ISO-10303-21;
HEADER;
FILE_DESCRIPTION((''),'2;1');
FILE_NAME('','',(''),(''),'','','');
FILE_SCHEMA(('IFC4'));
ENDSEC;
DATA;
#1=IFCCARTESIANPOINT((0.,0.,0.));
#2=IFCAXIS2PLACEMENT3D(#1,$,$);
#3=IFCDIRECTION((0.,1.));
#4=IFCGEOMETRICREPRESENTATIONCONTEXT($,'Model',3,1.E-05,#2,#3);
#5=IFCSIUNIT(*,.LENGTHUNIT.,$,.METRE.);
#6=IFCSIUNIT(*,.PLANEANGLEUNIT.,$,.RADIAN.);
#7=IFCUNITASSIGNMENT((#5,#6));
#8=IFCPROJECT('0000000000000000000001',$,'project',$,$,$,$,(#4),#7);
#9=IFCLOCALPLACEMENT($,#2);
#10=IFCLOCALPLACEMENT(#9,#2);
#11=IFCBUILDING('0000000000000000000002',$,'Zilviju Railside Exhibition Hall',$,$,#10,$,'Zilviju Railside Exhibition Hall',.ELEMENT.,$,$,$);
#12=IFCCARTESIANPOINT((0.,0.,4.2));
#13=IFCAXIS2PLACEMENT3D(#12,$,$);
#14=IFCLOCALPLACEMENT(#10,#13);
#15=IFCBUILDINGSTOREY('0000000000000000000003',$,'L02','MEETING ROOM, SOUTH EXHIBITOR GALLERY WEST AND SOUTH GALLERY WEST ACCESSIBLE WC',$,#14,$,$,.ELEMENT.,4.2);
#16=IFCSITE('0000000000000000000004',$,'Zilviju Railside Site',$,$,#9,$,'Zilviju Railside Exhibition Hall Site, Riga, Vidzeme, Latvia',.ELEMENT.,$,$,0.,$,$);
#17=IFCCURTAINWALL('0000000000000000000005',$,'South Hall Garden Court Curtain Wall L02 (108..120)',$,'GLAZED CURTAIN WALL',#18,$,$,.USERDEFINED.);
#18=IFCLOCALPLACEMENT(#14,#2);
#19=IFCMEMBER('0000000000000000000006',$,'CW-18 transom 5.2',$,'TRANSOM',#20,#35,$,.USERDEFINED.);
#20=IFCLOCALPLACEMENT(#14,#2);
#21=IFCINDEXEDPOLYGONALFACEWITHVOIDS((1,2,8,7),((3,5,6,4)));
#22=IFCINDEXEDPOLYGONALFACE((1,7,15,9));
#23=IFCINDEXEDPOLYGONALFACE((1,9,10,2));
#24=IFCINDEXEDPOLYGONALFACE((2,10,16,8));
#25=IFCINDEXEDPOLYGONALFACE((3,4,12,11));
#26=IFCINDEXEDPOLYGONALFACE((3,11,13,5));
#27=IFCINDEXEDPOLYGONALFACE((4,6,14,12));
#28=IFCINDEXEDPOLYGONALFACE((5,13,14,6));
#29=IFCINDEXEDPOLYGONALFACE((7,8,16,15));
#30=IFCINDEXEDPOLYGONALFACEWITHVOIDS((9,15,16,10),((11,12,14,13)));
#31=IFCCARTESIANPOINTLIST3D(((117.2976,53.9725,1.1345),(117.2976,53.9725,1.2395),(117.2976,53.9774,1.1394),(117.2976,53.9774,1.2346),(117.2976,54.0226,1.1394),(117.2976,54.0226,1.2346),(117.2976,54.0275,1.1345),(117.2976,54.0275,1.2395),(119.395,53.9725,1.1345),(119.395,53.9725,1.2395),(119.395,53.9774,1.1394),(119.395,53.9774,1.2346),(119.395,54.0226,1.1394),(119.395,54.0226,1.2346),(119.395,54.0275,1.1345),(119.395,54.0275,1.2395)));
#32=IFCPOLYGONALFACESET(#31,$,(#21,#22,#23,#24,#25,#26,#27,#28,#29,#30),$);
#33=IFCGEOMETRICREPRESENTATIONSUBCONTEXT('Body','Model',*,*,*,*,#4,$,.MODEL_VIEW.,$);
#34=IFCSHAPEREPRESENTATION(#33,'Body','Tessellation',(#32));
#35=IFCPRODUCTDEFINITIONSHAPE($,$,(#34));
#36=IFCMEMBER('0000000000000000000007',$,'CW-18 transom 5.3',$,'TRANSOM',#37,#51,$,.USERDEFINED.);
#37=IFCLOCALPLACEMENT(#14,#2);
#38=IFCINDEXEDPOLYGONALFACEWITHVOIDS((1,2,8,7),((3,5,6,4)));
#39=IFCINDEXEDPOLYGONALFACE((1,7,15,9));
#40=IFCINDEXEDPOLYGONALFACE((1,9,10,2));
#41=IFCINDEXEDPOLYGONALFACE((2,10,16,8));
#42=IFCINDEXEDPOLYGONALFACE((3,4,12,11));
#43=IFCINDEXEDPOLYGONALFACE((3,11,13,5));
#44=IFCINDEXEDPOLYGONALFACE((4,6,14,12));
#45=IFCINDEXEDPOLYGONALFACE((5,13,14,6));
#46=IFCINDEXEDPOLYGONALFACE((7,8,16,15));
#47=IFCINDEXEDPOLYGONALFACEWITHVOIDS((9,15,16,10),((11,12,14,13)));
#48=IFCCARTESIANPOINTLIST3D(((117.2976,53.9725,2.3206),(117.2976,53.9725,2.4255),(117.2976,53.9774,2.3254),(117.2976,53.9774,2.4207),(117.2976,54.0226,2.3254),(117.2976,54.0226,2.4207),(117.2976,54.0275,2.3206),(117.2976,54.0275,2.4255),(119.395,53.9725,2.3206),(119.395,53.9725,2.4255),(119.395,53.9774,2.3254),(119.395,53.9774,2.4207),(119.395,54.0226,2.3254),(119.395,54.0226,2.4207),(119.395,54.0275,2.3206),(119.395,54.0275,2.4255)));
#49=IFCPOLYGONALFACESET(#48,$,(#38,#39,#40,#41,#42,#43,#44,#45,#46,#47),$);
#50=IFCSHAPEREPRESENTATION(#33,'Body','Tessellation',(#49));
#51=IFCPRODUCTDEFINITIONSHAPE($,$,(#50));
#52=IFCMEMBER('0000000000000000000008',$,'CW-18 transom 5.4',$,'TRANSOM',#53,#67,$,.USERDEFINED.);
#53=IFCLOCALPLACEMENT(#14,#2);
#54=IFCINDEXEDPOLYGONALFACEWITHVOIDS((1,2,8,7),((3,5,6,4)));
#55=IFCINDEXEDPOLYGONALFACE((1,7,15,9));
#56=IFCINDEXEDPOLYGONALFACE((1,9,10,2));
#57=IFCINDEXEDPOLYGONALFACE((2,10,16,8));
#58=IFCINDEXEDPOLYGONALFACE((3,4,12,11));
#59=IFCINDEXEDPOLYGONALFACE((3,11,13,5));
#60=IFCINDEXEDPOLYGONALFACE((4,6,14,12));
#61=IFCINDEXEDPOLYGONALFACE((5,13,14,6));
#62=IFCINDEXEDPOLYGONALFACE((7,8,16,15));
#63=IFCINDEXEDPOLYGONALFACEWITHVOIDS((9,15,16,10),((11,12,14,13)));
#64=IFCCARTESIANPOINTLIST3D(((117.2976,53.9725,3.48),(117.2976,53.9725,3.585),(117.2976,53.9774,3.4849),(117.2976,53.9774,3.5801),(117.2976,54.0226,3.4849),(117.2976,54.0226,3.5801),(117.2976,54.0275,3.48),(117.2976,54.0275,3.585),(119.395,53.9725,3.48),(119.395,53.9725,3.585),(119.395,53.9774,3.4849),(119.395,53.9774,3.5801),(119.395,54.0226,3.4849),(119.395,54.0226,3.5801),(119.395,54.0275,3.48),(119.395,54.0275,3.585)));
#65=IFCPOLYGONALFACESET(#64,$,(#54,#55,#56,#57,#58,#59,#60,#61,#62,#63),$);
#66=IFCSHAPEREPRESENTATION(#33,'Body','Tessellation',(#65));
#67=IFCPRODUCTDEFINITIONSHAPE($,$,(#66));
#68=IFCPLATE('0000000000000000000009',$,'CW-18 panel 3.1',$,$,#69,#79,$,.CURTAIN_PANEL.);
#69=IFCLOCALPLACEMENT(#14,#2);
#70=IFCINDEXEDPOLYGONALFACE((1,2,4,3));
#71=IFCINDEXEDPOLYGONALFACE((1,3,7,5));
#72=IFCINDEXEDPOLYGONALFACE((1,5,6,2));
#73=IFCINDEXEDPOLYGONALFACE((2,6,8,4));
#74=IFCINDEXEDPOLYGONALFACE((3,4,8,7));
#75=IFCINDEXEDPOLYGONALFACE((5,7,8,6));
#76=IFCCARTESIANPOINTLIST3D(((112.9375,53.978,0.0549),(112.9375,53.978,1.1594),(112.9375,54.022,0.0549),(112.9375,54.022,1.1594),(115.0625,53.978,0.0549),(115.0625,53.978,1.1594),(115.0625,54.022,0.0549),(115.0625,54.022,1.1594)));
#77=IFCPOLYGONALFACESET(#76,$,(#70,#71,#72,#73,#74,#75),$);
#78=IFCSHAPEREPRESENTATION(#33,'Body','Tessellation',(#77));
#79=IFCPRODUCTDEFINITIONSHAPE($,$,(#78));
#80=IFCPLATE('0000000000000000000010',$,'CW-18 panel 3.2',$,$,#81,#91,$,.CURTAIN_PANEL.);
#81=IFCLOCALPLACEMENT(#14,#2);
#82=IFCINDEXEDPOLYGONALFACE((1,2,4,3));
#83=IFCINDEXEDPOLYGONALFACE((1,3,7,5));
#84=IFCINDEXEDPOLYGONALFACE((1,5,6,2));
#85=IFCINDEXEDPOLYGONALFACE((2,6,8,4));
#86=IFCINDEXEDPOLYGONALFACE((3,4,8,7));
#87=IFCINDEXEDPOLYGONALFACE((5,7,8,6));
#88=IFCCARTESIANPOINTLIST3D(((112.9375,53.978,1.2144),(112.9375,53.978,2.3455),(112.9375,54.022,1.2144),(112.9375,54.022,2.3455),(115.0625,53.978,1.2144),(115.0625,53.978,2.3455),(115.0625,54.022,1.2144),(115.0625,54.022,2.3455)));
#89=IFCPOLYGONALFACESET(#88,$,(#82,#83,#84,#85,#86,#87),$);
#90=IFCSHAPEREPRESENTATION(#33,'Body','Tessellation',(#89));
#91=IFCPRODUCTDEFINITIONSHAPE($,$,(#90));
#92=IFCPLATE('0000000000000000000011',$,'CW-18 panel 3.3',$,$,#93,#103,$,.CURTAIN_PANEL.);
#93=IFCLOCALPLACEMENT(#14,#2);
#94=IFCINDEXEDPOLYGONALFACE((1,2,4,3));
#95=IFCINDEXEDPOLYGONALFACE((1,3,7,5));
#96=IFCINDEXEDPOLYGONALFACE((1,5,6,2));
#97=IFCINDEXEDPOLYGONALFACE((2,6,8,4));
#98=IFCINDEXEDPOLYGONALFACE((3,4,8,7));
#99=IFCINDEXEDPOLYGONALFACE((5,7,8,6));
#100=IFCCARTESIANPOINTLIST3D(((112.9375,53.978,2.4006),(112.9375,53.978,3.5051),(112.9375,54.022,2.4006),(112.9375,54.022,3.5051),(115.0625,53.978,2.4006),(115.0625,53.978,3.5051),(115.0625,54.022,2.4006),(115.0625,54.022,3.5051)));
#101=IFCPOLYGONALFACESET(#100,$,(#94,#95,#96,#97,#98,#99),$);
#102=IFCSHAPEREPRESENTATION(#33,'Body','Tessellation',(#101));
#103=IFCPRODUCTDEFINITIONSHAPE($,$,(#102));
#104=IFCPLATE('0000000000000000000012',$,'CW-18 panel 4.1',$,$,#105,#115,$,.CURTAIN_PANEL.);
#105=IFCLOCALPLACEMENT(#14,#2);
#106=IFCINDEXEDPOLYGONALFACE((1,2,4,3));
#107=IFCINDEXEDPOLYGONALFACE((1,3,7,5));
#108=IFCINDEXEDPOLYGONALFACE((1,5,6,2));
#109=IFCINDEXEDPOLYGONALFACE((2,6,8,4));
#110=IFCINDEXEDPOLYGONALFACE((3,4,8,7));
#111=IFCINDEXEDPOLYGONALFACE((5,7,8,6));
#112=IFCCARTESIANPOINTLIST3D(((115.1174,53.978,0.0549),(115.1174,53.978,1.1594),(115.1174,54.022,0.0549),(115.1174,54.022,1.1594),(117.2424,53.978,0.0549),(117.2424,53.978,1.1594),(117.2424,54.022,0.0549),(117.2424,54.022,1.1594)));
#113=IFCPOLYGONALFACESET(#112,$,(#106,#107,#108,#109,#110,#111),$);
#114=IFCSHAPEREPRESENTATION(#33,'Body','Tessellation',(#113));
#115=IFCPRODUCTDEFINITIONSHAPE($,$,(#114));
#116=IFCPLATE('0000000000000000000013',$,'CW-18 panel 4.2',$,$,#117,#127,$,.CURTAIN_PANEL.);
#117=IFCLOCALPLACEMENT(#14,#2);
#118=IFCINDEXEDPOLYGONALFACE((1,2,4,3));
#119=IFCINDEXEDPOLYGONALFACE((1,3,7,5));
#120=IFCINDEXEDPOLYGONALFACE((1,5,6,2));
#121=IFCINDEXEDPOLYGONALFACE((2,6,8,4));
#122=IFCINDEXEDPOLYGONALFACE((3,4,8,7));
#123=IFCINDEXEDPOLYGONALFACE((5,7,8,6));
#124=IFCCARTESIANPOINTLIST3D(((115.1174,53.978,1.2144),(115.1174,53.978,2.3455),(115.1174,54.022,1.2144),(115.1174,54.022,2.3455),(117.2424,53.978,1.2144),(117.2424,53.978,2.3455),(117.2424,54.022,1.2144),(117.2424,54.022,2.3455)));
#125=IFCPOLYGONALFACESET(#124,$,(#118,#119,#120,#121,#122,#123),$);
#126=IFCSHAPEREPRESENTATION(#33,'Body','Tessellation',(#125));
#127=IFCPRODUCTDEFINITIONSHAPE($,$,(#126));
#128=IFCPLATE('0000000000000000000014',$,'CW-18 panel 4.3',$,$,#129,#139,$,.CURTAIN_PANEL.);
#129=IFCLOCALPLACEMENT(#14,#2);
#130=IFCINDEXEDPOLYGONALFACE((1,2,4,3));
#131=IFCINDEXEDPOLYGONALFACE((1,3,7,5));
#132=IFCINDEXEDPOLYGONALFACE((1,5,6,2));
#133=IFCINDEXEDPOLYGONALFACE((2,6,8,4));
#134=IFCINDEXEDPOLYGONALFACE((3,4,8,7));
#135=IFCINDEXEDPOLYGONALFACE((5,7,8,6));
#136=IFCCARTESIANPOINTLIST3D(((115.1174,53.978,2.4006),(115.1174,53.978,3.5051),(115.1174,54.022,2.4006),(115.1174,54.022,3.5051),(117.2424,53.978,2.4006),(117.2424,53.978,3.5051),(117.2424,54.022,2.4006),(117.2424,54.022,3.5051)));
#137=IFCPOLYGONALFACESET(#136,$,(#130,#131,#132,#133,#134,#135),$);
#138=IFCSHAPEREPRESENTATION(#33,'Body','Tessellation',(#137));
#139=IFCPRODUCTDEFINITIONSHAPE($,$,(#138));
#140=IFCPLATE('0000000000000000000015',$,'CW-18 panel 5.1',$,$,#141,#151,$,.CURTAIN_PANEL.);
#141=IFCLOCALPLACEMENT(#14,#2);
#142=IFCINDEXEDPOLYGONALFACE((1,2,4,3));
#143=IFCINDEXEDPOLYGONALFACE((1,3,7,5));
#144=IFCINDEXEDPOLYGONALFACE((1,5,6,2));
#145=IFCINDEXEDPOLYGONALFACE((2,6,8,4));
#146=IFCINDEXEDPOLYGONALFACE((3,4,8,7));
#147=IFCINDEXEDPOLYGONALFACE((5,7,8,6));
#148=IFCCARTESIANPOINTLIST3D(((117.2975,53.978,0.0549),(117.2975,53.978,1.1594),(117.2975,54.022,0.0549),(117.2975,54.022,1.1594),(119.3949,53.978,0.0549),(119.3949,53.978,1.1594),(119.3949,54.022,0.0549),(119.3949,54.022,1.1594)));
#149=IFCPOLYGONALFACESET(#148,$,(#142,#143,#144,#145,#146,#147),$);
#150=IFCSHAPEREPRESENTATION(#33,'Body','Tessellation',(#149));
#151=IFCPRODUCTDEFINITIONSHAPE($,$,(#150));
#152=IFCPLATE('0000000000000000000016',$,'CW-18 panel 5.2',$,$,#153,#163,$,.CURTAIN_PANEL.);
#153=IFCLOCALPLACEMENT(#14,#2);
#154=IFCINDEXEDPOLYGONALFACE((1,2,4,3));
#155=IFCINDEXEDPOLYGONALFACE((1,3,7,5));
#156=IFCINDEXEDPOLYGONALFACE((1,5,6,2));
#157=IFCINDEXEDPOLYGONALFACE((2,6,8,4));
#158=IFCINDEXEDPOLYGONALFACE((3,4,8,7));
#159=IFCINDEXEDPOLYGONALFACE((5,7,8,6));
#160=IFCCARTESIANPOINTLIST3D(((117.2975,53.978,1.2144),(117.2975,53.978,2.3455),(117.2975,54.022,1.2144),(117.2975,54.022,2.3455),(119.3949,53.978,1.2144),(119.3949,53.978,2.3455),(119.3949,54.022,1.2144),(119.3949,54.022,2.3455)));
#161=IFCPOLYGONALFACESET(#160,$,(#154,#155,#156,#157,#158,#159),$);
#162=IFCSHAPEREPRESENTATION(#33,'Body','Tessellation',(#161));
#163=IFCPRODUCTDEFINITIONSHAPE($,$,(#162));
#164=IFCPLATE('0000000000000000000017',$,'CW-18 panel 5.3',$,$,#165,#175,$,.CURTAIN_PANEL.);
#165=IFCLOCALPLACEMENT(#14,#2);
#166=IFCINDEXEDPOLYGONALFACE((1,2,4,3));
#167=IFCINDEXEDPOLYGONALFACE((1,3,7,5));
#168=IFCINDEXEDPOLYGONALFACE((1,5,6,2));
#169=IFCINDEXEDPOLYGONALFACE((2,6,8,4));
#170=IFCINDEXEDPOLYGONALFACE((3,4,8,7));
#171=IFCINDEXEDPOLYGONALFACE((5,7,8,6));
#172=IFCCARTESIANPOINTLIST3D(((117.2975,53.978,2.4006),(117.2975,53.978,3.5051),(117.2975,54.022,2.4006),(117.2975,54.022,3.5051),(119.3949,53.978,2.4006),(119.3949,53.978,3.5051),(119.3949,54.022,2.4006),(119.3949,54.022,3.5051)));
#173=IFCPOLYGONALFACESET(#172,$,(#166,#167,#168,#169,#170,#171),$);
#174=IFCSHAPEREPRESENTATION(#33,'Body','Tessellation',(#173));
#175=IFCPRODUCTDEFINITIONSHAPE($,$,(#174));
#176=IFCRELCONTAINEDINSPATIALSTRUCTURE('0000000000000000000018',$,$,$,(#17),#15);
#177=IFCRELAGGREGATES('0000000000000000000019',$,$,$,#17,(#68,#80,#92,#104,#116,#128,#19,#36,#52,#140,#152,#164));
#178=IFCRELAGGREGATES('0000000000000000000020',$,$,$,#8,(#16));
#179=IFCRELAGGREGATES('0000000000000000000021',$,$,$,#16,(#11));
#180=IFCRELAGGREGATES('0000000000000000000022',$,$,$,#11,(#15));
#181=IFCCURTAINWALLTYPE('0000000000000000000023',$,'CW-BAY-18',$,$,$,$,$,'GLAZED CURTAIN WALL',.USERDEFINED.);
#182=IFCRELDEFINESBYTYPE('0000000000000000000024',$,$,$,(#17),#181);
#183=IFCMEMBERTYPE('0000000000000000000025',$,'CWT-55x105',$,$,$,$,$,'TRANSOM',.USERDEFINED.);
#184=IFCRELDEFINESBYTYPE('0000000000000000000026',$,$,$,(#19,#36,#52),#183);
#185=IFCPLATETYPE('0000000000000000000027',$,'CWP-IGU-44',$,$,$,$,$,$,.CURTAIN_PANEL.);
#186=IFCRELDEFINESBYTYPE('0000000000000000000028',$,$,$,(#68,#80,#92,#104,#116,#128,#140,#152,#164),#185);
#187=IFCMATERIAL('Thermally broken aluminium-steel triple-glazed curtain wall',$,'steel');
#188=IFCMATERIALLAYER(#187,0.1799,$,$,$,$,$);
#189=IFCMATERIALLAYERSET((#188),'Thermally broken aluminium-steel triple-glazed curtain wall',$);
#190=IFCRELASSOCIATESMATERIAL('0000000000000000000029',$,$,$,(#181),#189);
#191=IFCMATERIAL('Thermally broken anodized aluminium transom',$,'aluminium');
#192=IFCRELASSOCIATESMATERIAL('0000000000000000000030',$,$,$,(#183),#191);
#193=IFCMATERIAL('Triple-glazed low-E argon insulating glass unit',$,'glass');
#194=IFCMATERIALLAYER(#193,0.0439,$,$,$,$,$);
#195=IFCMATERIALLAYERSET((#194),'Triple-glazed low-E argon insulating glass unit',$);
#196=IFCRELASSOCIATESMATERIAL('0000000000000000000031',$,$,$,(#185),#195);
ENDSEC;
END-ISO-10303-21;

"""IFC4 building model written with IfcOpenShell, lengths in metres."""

from ifc_helpers import new_model, si_unit, direction, frame, origin, origin_2d, place, context, subcontext, project, spatial, rectangle, hollow_rectangle, extrude, material, layer, layer_set, material_profile, profile_set, type_object, element, aggregate, save


model = new_model("IFC4")

# Units and contexts
model_context = context("Model", 3, precision=1e-05, world=origin(), true_north=direction((0.0, 1.0)))
body_context = subcontext(model_context, "Body", "Model", "MODEL_VIEW")
ifc_project = project(units=[si_unit("LENGTHUNIT", "METRE"), si_unit("PLANEANGLEUNIT", "RADIAN")], contexts=[model_context])

# Site, building, storey
site_placement = place(None, origin())
site = spatial("IfcSite", under=ifc_project, at=site_placement, Name="Zilviju Railside Site", LongName="Zilviju Railside Exhibition Hall Site, Riga, Vidzeme, Latvia", CompositionType="ELEMENT", RefElevation=0.0)
building_placement = place(site_placement, origin())
building = spatial("IfcBuilding", under=site, at=building_placement, Name="Zilviju Railside Exhibition Hall", LongName="Zilviju Railside Exhibition Hall", CompositionType="ELEMENT")
storey_placement = place(building_placement, frame((0.0, 0.0, 4.2)))
storey = spatial("IfcBuildingStorey", under=building, at=storey_placement, Name="L02", Description="MEETING ROOM, SOUTH EXHIBITOR GALLERY WEST AND SOUTH GALLERY WEST ACCESSIBLE WC", CompositionType="ELEMENT", Elevation=4.2)

# Curtain wall, members, plates
ifc_material_1 = material(Name="Thermally broken aluminium-steel triple-glazed curtain wall", Category="steel")
ifc_layer_1 = layer(ifc_material_1, 0.1799)
ifc_layer_set_1 = layer_set([ifc_layer_1], Name="Thermally broken aluminium-steel triple-glazed curtain wall")
curtain_wall_type = type_object("IfcCurtainWallType", Name="CW-BAY-18", ElementType="GLAZED CURTAIN WALL", PredefinedType="USERDEFINED", material=ifc_layer_set_1)
curtain_wall_placement = place(storey_placement, origin())
curtain_wall = element("IfcCurtainWall", 1, at=curtain_wall_placement, inside=storey, type_object=curtain_wall_type, Name="South Hall Garden Court Curtain Wall L02 (108..120)", ObjectType="GLAZED CURTAIN WALL", PredefinedType="USERDEFINED")
ifc_material_2 = material(Name="Thermally broken anodized aluminium transom", Category="aluminium")
ifc_material_profile_1 = material_profile(ifc_material_2, hollow_rectangle(XDim=0.0549, YDim=0.105, WallThickness=0.0049, at=origin_2d()), Name="TRANSOM 105x55x5")
ifc_profile_set_1 = profile_set([ifc_material_profile_1], Name="Thermally broken anodized aluminium transom")
member_type_1 = type_object("IfcMemberType", Name="CWT-55x105", ElementType="TRANSOM", PredefinedType="USERDEFINED", material=ifc_profile_set_1)
member_1_placement = place(storey_placement, frame((117.2976, 54.0, 1.187), z_axis=(1.0, 0.0, 0.0), x_axis=(0.0, 1.0, 0.0)))
member_1 = element("IfcMember", 2, at=member_1_placement, type_object=member_type_1, Name="CW-18 transom 5.2", ObjectType="TRANSOM", PredefinedType="USERDEFINED", context=body_context, shape_type="SweptSolid", body=[
    extrude(hollow_rectangle(XDim=0.0549, YDim=0.105, WallThickness=0.0049, at=origin_2d()), origin(), (0.0, 0.0, 1.0), 2.0974),
])
member_2_placement = place(storey_placement, frame((117.2976, 54.0, 2.373), z_axis=(1.0, 0.0, 0.0), x_axis=(0.0, 1.0, 0.0)))
member_2 = element("IfcMember", 3, at=member_2_placement, type_object=member_type_1, Name="CW-18 transom 5.3", ObjectType="TRANSOM", PredefinedType="USERDEFINED", context=body_context, shape_type="SweptSolid", body=[
    extrude(hollow_rectangle(XDim=0.0549, YDim=0.105, WallThickness=0.0049, at=origin_2d()), origin(), (0.0, 0.0, 1.0), 2.0974),
])
member_3_placement = place(storey_placement, frame((117.2976, 54.0, 3.5325), z_axis=(1.0, 0.0, 0.0), x_axis=(0.0, 1.0, 0.0)))
member_3 = element("IfcMember", 4, at=member_3_placement, type_object=member_type_1, Name="CW-18 transom 5.4", ObjectType="TRANSOM", PredefinedType="USERDEFINED", context=body_context, shape_type="SweptSolid", body=[
    extrude(hollow_rectangle(XDim=0.0549, YDim=0.105, WallThickness=0.0049, at=origin_2d()), origin(), (0.0, 0.0, 1.0), 2.0974),
])
ifc_material_3 = material(Name="Triple-glazed low-E argon insulating glass unit", Category="glass")
ifc_layer_2 = layer(ifc_material_3, 0.0439)
ifc_layer_set_2 = layer_set([ifc_layer_2], Name="Triple-glazed low-E argon insulating glass unit")
plate_type = type_object("IfcPlateType", Name="CWP-IGU-44", PredefinedType="CURTAIN_PANEL", material=ifc_layer_set_2)
plate_1_placement = place(storey_placement, frame((114.0, 54.0, 0.0549), z_axis=(0.0, 0.0, 1.0), x_axis=(1.0, 0.0, 0.0)))
plate_1 = element("IfcPlate", 5, at=plate_1_placement, type_object=plate_type, Name="CW-18 panel 3.1", PredefinedType="CURTAIN_PANEL", context=body_context, shape_type="SweptSolid", body=[
    extrude(rectangle(XDim=2.125, YDim=0.0439, at=origin_2d()), origin(), (0.0, 0.0, 1.0), 1.1045),
])
plate_2_placement = place(storey_placement, frame((114.0, 54.0, 1.2144), z_axis=(0.0, 0.0, 1.0), x_axis=(1.0, 0.0, 0.0)))
plate_2 = element("IfcPlate", 6, at=plate_2_placement, type_object=plate_type, Name="CW-18 panel 3.2", PredefinedType="CURTAIN_PANEL", context=body_context, shape_type="SweptSolid", body=[
    extrude(rectangle(XDim=2.125, YDim=0.0439, at=origin_2d()), origin(), (0.0, 0.0, 1.0), 1.1311),
])
plate_3_placement = place(storey_placement, frame((114.0, 54.0, 2.4006), z_axis=(0.0, 0.0, 1.0), x_axis=(1.0, 0.0, 0.0)))
plate_3 = element("IfcPlate", 7, at=plate_3_placement, type_object=plate_type, Name="CW-18 panel 3.3", PredefinedType="CURTAIN_PANEL", context=body_context, shape_type="SweptSolid", body=[
    extrude(rectangle(XDim=2.125, YDim=0.0439, at=origin_2d()), origin(), (0.0, 0.0, 1.0), 1.1045),
])
plate_4_placement = place(storey_placement, frame((116.1799, 54.0, 0.0549), z_axis=(0.0, 0.0, 1.0), x_axis=(1.0, 0.0, 0.0)))
plate_4 = element("IfcPlate", 8, at=plate_4_placement, type_object=plate_type, Name="CW-18 panel 4.1", PredefinedType="CURTAIN_PANEL", context=body_context, shape_type="SweptSolid", body=[
    extrude(rectangle(XDim=2.125, YDim=0.0439, at=origin_2d()), origin(), (0.0, 0.0, 1.0), 1.1045),
])
plate_5_placement = place(storey_placement, frame((116.1799, 54.0, 1.2144), z_axis=(0.0, 0.0, 1.0), x_axis=(1.0, 0.0, 0.0)))
plate_5 = element("IfcPlate", 9, at=plate_5_placement, type_object=plate_type, Name="CW-18 panel 4.2", PredefinedType="CURTAIN_PANEL", context=body_context, shape_type="SweptSolid", body=[
    extrude(rectangle(XDim=2.125, YDim=0.0439, at=origin_2d()), origin(), (0.0, 0.0, 1.0), 1.1311),
])
plate_6_placement = place(storey_placement, frame((116.1799, 54.0, 2.4006), z_axis=(0.0, 0.0, 1.0), x_axis=(1.0, 0.0, 0.0)))
plate_6 = element("IfcPlate", 10, at=plate_6_placement, type_object=plate_type, Name="CW-18 panel 4.3", PredefinedType="CURTAIN_PANEL", context=body_context, shape_type="SweptSolid", body=[
    extrude(rectangle(XDim=2.125, YDim=0.0439, at=origin_2d()), origin(), (0.0, 0.0, 1.0), 1.1045),
])
plate_7_placement = place(storey_placement, frame((118.3462, 54.0, 0.0549), z_axis=(0.0, 0.0, 1.0), x_axis=(1.0, 0.0, 0.0)))
plate_7 = element("IfcPlate", 11, at=plate_7_placement, type_object=plate_type, Name="CW-18 panel 5.1", PredefinedType="CURTAIN_PANEL", context=body_context, shape_type="SweptSolid", body=[
    extrude(rectangle(XDim=2.0974, YDim=0.0439, at=origin_2d()), origin(), (0.0, 0.0, 1.0), 1.1045),
])
plate_8_placement = place(storey_placement, frame((118.3462, 54.0, 1.2144), z_axis=(0.0, 0.0, 1.0), x_axis=(1.0, 0.0, 0.0)))
plate_8 = element("IfcPlate", 12, at=plate_8_placement, type_object=plate_type, Name="CW-18 panel 5.2", PredefinedType="CURTAIN_PANEL", context=body_context, shape_type="SweptSolid", body=[
    extrude(rectangle(XDim=2.0974, YDim=0.0439, at=origin_2d()), origin(), (0.0, 0.0, 1.0), 1.1311),
])
plate_9_placement = place(storey_placement, frame((118.3462, 54.0, 2.4006), z_axis=(0.0, 0.0, 1.0), x_axis=(1.0, 0.0, 0.0)))
plate_9 = element("IfcPlate", 13, at=plate_9_placement, type_object=plate_type, Name="CW-18 panel 5.3", PredefinedType="CURTAIN_PANEL", context=body_context, shape_type="SweptSolid", body=[
    extrude(rectangle(XDim=2.0974, YDim=0.0439, at=origin_2d()), origin(), (0.0, 0.0, 1.0), 1.1045),
])
aggregate(curtain_wall, [plate_1, plate_2, plate_3, plate_4, plate_5, plate_6, member_1, member_2, member_3, plate_7, plate_8, plate_9])

save(model, "model.ifc")
